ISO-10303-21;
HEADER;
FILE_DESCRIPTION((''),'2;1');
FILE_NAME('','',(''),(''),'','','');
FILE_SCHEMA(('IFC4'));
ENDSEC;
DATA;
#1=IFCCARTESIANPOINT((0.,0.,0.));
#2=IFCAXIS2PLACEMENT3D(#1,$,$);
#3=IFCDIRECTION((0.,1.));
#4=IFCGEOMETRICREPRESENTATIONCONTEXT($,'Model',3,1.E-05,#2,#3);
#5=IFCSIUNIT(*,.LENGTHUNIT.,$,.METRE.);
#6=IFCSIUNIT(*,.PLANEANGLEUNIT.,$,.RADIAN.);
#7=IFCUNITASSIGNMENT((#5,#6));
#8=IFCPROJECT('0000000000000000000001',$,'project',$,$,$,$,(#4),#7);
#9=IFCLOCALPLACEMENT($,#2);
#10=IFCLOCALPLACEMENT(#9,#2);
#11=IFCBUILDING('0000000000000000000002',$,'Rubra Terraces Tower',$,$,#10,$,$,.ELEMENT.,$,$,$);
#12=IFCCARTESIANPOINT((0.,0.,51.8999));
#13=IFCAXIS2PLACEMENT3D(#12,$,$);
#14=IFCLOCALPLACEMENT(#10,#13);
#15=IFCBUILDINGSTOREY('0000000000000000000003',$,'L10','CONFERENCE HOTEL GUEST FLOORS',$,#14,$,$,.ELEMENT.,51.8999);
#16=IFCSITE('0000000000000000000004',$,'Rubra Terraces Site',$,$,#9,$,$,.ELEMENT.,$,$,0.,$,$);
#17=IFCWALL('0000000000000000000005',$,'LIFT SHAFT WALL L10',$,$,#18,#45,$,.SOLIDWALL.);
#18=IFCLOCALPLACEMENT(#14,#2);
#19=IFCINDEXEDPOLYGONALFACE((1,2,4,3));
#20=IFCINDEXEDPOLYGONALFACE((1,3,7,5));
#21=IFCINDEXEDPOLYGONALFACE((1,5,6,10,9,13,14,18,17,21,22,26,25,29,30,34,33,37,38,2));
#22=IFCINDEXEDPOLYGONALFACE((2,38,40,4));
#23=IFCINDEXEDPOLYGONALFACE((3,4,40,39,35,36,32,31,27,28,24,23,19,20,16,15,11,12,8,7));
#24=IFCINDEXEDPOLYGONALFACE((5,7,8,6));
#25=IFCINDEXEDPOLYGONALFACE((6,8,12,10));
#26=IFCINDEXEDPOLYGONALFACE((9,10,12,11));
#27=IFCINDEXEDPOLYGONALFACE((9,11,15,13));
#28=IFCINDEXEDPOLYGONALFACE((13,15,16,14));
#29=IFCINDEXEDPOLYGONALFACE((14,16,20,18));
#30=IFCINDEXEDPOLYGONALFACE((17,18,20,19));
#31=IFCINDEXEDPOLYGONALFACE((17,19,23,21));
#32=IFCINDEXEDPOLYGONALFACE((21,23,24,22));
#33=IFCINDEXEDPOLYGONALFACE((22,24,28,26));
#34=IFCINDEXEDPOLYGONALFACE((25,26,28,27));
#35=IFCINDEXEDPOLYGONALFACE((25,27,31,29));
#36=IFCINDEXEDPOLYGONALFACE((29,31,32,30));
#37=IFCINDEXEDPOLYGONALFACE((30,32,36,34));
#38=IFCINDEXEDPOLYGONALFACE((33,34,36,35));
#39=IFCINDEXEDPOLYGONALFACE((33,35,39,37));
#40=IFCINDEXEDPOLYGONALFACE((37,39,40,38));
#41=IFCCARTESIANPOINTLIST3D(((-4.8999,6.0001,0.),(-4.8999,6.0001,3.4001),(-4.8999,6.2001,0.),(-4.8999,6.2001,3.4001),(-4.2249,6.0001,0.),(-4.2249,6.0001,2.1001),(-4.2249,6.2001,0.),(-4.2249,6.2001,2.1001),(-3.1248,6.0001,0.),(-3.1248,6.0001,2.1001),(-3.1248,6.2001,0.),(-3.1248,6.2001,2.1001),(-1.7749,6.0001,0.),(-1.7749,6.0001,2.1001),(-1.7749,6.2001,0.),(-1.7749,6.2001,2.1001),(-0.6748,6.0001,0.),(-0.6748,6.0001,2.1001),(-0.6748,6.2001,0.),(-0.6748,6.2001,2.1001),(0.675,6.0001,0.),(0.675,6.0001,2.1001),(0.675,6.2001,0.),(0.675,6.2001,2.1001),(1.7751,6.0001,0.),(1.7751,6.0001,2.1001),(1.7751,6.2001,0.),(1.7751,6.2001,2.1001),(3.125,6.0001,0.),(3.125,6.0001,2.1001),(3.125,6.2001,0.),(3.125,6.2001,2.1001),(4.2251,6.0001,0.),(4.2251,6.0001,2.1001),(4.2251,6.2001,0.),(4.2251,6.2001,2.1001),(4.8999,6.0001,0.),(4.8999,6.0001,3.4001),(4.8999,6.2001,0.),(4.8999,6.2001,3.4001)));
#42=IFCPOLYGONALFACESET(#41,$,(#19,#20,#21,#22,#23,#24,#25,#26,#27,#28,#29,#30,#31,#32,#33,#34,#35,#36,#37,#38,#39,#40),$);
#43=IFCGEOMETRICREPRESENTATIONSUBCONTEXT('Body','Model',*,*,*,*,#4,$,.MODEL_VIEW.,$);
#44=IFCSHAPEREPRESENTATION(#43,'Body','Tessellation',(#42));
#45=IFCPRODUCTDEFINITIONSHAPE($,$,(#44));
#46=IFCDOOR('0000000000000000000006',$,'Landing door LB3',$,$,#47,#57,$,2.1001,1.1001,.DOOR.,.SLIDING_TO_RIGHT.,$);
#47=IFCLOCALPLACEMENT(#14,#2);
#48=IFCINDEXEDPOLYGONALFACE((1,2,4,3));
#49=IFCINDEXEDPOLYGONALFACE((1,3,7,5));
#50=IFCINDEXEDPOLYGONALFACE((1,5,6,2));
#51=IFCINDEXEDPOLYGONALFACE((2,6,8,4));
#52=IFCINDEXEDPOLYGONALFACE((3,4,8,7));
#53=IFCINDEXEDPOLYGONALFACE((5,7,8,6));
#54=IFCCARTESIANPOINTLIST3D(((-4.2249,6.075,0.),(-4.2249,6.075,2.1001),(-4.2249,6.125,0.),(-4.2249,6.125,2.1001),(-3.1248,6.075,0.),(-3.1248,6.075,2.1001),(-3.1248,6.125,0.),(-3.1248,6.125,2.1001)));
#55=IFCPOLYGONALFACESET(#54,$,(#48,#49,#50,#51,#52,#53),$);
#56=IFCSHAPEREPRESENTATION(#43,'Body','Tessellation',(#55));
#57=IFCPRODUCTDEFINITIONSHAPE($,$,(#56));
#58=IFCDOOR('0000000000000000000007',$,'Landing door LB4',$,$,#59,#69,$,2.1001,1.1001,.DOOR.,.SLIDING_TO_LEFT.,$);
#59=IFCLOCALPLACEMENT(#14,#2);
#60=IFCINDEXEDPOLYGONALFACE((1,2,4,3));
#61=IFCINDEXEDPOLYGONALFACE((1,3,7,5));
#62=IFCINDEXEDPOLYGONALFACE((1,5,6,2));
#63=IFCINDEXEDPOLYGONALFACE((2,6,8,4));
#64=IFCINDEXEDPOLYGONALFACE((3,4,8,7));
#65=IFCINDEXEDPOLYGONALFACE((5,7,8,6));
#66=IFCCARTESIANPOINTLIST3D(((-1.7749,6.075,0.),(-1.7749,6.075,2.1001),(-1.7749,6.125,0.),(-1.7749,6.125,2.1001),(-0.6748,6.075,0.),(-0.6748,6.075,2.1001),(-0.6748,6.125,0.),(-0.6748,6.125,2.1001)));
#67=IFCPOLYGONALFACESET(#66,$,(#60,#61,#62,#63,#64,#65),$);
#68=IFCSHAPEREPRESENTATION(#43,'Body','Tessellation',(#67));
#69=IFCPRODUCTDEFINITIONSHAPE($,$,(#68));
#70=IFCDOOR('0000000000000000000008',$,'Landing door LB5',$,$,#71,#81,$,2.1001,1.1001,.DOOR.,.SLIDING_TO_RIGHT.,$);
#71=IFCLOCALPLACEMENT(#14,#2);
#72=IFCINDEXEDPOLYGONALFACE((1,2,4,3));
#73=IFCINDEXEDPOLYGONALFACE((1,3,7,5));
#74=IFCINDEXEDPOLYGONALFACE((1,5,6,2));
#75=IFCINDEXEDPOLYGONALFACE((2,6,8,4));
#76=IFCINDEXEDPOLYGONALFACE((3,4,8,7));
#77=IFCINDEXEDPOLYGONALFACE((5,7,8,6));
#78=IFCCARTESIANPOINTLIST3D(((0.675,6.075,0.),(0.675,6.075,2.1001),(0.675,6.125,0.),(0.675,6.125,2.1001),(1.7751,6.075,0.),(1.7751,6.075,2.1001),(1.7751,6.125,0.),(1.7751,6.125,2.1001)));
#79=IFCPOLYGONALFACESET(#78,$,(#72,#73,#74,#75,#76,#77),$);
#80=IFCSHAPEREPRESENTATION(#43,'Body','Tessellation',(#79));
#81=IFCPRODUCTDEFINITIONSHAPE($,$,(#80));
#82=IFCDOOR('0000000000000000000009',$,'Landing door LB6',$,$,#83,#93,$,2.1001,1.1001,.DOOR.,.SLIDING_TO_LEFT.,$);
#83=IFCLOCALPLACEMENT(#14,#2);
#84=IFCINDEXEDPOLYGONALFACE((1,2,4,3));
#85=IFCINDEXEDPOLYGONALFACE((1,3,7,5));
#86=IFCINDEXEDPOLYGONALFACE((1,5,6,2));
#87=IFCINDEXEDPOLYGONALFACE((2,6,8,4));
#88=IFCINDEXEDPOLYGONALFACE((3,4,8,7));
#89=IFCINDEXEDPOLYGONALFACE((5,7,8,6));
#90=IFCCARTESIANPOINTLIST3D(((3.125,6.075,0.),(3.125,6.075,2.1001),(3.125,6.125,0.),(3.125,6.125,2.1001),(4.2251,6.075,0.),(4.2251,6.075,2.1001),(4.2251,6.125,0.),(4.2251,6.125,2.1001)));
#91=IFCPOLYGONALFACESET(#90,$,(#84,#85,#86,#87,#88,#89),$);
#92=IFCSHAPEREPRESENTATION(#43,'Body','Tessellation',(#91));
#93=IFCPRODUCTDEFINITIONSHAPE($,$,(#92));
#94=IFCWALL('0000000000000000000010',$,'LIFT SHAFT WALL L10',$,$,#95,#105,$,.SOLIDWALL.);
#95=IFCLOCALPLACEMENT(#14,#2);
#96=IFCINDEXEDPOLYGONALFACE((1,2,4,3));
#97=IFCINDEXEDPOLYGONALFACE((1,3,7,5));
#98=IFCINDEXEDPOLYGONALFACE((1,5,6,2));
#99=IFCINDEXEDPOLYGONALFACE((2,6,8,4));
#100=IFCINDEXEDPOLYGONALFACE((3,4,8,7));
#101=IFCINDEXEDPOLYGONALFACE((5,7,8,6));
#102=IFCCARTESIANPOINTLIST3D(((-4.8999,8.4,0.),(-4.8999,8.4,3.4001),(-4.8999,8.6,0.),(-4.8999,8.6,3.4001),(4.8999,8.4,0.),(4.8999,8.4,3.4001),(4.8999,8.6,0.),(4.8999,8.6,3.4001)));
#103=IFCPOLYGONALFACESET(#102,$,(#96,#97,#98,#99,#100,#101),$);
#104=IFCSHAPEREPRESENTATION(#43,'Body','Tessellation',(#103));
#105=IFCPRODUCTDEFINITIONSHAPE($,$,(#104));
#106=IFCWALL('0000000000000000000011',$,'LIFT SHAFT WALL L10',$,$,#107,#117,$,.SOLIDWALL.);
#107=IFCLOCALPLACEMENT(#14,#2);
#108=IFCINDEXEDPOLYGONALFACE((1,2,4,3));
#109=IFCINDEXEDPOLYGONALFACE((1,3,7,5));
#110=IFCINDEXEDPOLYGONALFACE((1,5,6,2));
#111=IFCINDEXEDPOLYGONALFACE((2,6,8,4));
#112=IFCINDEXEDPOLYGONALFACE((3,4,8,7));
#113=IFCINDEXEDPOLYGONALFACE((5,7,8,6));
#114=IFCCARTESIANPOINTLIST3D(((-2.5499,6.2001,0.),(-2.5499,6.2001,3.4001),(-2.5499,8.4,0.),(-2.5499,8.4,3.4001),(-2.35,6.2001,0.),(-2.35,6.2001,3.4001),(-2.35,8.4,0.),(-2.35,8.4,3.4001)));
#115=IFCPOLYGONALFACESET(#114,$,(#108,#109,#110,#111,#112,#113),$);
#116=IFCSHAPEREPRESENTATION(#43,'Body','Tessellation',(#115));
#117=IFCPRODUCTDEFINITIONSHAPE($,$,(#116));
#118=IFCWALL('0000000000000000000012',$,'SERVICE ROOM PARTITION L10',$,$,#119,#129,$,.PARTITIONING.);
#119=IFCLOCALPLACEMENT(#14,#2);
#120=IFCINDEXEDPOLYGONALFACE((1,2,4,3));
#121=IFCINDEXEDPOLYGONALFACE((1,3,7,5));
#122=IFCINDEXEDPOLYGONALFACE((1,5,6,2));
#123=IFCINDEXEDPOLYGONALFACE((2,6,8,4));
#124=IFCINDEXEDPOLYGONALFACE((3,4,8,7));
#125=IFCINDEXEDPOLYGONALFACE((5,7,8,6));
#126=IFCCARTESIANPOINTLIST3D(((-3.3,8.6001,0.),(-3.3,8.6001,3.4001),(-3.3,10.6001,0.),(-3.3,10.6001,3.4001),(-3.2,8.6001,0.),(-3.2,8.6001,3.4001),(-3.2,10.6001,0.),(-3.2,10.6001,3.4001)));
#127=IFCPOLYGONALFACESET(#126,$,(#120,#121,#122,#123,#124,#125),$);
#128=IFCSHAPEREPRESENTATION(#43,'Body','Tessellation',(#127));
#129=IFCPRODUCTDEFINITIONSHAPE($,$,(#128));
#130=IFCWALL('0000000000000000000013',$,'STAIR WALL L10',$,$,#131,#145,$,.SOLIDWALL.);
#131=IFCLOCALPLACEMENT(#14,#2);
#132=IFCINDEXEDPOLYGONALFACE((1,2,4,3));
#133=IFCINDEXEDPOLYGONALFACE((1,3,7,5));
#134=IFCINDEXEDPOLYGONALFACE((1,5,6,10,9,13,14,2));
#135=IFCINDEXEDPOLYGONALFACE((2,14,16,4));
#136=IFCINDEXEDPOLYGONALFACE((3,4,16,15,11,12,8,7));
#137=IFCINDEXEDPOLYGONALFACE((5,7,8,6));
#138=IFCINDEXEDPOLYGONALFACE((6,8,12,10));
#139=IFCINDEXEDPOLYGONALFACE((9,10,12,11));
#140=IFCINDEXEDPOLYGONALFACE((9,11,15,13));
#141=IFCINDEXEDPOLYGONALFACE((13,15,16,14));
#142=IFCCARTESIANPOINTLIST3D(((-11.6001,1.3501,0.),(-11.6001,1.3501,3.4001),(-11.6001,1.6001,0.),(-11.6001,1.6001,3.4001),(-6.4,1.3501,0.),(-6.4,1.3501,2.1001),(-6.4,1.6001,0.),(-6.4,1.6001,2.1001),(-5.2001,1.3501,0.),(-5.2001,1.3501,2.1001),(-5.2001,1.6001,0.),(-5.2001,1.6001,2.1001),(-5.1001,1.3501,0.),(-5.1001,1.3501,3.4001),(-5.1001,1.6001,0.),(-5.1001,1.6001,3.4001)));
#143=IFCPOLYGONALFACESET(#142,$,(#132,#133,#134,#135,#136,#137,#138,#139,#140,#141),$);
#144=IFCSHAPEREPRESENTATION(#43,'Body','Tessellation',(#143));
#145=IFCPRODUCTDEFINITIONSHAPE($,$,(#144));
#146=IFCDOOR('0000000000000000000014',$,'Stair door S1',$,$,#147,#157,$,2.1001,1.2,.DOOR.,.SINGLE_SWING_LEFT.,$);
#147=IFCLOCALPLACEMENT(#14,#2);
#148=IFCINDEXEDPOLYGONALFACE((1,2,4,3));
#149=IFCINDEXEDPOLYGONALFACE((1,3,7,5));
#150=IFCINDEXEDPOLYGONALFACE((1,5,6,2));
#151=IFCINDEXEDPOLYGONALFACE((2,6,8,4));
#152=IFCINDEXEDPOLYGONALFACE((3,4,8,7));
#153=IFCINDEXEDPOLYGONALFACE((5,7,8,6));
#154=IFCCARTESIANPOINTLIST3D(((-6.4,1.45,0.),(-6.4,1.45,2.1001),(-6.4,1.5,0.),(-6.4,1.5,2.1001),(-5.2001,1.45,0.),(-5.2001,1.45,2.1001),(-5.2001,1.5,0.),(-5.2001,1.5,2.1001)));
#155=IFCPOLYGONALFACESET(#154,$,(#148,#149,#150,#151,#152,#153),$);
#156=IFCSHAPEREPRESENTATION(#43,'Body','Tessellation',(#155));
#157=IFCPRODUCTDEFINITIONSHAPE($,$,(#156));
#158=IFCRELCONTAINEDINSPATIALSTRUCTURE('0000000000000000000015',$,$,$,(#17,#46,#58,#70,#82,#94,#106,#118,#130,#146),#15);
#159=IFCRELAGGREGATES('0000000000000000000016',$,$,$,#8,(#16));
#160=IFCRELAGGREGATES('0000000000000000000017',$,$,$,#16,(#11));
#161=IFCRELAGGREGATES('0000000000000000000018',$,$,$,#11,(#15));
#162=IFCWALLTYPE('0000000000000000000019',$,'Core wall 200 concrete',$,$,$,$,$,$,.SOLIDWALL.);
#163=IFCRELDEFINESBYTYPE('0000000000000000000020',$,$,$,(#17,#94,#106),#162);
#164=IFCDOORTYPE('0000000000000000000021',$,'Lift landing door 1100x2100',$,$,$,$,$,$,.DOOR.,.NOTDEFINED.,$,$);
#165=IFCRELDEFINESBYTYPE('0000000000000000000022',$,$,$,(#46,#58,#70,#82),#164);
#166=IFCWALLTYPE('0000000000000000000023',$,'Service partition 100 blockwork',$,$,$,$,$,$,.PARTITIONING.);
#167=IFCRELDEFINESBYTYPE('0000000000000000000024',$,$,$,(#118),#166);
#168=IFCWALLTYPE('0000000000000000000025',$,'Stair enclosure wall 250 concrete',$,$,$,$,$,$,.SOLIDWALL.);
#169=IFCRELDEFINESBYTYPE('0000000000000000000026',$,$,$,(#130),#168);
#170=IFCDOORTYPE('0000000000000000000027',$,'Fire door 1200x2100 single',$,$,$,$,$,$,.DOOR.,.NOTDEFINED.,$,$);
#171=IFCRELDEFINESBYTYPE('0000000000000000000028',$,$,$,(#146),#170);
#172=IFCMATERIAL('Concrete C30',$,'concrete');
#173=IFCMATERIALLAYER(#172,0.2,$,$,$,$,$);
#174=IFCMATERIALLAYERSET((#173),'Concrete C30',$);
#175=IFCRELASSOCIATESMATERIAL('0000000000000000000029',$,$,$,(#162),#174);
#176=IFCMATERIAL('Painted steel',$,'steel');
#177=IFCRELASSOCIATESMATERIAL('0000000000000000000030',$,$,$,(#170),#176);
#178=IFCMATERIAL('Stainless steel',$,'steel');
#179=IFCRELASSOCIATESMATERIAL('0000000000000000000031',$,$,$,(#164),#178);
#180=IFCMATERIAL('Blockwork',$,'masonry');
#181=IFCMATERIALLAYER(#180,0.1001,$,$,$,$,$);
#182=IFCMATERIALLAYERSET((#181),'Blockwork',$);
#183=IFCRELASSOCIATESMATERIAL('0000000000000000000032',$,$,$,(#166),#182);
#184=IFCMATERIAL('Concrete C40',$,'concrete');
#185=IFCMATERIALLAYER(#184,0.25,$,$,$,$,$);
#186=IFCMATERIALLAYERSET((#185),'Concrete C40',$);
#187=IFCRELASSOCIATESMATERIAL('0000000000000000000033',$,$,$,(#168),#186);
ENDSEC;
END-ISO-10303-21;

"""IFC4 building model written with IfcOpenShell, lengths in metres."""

from ifc_helpers import new_model, si_unit, direction, frame, frame_2d, origin, place, context, subcontext, project, spatial, rectangle, extrude, material, layer, layer_set, type_object, element, fill, save


model = new_model("IFC4")

# Units and contexts
model_context = context("Model", 3, precision=1e-05, world=origin(), true_north=direction((0.0, 1.0)))
body_context = subcontext(model_context, "Body", "Model", "MODEL_VIEW")
ifc_project = project(units=[si_unit("LENGTHUNIT", "METRE"), si_unit("PLANEANGLEUNIT", "RADIAN")], contexts=[model_context])

# Site, building, storey
site_placement = place(None, origin())
site = spatial("IfcSite", under=ifc_project, at=site_placement, Name="Rubra Terraces Site", CompositionType="ELEMENT", RefElevation=0.0)
building_placement = place(site_placement, origin())
building = spatial("IfcBuilding", under=site, at=building_placement, Name="Rubra Terraces Tower", CompositionType="ELEMENT")
storey_placement = place(building_placement, frame((0.0, 0.0, 51.8999)))
storey = spatial("IfcBuildingStorey", under=building, at=storey_placement, Name="L10", Description="CONFERENCE HOTEL GUEST FLOORS", CompositionType="ELEMENT", Elevation=51.8999)

# Shared definitions
ifc_material_1 = material(Name="Concrete C30", Category="concrete")
ifc_layer_1 = layer(ifc_material_1, 0.2)
ifc_layer_set_1 = layer_set([ifc_layer_1], Name="Concrete C30")
wall_type_1 = type_object("IfcWallType", Name="Core wall 200 concrete", PredefinedType="SOLIDWALL", material=ifc_layer_set_1)
ifc_material_2 = material(Name="Painted steel", Category="steel")
door_type_1 = type_object("IfcDoorType", Name="Fire door 1200x2100 single", OperationType="NOTDEFINED", PredefinedType="DOOR", material=ifc_material_2)
ifc_material_3 = material(Name="Stainless steel", Category="steel")

# Wall, openings, doors
door_type_2 = type_object("IfcDoorType", Name="Lift landing door 1100x2100", OperationType="NOTDEFINED", PredefinedType="DOOR", material=ifc_material_3)
wall_1_placement = place(storey_placement, frame((-4.8999, 6.1001, 0.0), z_axis=(0.0, 0.0, 1.0), x_axis=(1.0, 0.0, 0.0)))
wall_1 = element("IfcWall", 1, at=wall_1_placement, inside=storey, type_object=wall_type_1, Name="LIFT SHAFT WALL L10", PredefinedType="SOLIDWALL", context=body_context, shape_type="SweptSolid", body=[
    extrude(rectangle(XDim=9.7998, YDim=0.2, at=frame_2d((4.8999, 0.0))), origin(), (0.0, 0.0, 1.0), 3.4001),
])
opening_1_placement = place(wall_1_placement, frame((0.675, 0.0, 0.0)))
opening_1 = element("IfcOpeningElement", 2, at=opening_1_placement, cuts=wall_1, PredefinedType="OPENING", context=body_context, shape_type="SweptSolid", body=[
    extrude(rectangle(XDim=1.1001, YDim=2.1001, at=frame_2d((0.55, 1.05))), frame((0.0, 0.1099, 0.0), z_axis=(0.0, -1.0, 0.0), x_axis=(1.0, 0.0, 0.0)), (0.0, 0.0, 1.0), 0.22),
])
opening_2_placement = place(wall_1_placement, frame((3.125, 0.0, 0.0)))
opening_2 = element("IfcOpeningElement", 3, at=opening_2_placement, cuts=wall_1, PredefinedType="OPENING", context=body_context, shape_type="SweptSolid", body=[
    extrude(rectangle(XDim=1.1001, YDim=2.1001, at=frame_2d((0.55, 1.05))), frame((0.0, 0.1099, 0.0), z_axis=(0.0, -1.0, 0.0), x_axis=(1.0, 0.0, 0.0)), (0.0, 0.0, 1.0), 0.22),
])
opening_3_placement = place(wall_1_placement, frame((5.575, 0.0, 0.0)))
opening_3 = element("IfcOpeningElement", 4, at=opening_3_placement, cuts=wall_1, PredefinedType="OPENING", context=body_context, shape_type="SweptSolid", body=[
    extrude(rectangle(XDim=1.1001, YDim=2.1001, at=frame_2d((0.55, 1.05))), frame((0.0, 0.1099, 0.0), z_axis=(0.0, -1.0, 0.0), x_axis=(1.0, 0.0, 0.0)), (0.0, 0.0, 1.0), 0.22),
])
opening_4_placement = place(wall_1_placement, frame((8.0249, 0.0, 0.0)))
opening_4 = element("IfcOpeningElement", 5, at=opening_4_placement, cuts=wall_1, PredefinedType="OPENING", context=body_context, shape_type="SweptSolid", body=[
    extrude(rectangle(XDim=1.1001, YDim=2.1001, at=frame_2d((0.55, 1.05))), frame((0.0, 0.1099, 0.0), z_axis=(0.0, -1.0, 0.0), x_axis=(1.0, 0.0, 0.0)), (0.0, 0.0, 1.0), 0.22),
])
door_1_placement = place(opening_1_placement, origin())
door_1 = element("IfcDoor", 6, at=door_1_placement, inside=storey, type_object=door_type_2, Name="Landing door LB3", OperationType="SLIDING_TO_RIGHT", OverallHeight=2.1001, OverallWidth=1.1001, PredefinedType="DOOR", context=body_context, shape_type="SweptSolid", body=[
    extrude(rectangle(XDim=1.1001, YDim=2.1001, at=frame_2d((0.55, 1.05))), frame((0.0, 0.0249, 0.0), z_axis=(0.0, -1.0, 0.0), x_axis=(1.0, 0.0, 0.0)), (0.0, 0.0, 1.0), 0.05),
])
fill(opening_1, door_1)
door_2_placement = place(opening_2_placement, origin())
door_2 = element("IfcDoor", 7, at=door_2_placement, inside=storey, type_object=door_type_2, Name="Landing door LB4", OperationType="SLIDING_TO_LEFT", OverallHeight=2.1001, OverallWidth=1.1001, PredefinedType="DOOR", context=body_context, shape_type="SweptSolid", body=[
    extrude(rectangle(XDim=1.1001, YDim=2.1001, at=frame_2d((0.55, 1.05))), frame((0.0, 0.0249, 0.0), z_axis=(0.0, -1.0, 0.0), x_axis=(1.0, 0.0, 0.0)), (0.0, 0.0, 1.0), 0.05),
])
fill(opening_2, door_2)
door_3_placement = place(opening_3_placement, origin())
door_3 = element("IfcDoor", 8, at=door_3_placement, inside=storey, type_object=door_type_2, Name="Landing door LB5", OperationType="SLIDING_TO_RIGHT", OverallHeight=2.1001, OverallWidth=1.1001, PredefinedType="DOOR", context=body_context, shape_type="SweptSolid", body=[
    extrude(rectangle(XDim=1.1001, YDim=2.1001, at=frame_2d((0.55, 1.05))), frame((0.0, 0.0249, 0.0), z_axis=(0.0, -1.0, 0.0), x_axis=(1.0, 0.0, 0.0)), (0.0, 0.0, 1.0), 0.05),
])
fill(opening_3, door_3)
door_4_placement = place(opening_4_placement, origin())
door_4 = element("IfcDoor", 9, at=door_4_placement, inside=storey, type_object=door_type_2, Name="Landing door LB6", OperationType="SLIDING_TO_LEFT", OverallHeight=2.1001, OverallWidth=1.1001, PredefinedType="DOOR", context=body_context, shape_type="SweptSolid", body=[
    extrude(rectangle(XDim=1.1001, YDim=2.1001, at=frame_2d((0.55, 1.05))), frame((0.0, 0.0249, 0.0), z_axis=(0.0, -1.0, 0.0), x_axis=(1.0, 0.0, 0.0)), (0.0, 0.0, 1.0), 0.05),
])
fill(opening_4, door_4)

# Walls
wall_2_placement = place(storey_placement, frame((-4.8999, 8.5, 0.0), z_axis=(0.0, 0.0, 1.0), x_axis=(1.0, 0.0, 0.0)))
element("IfcWall", 10, at=wall_2_placement, inside=storey, type_object=wall_type_1, Name="LIFT SHAFT WALL L10", PredefinedType="SOLIDWALL", context=body_context, shape_type="SweptSolid", body=[
    extrude(rectangle(XDim=9.7998, YDim=0.2, at=frame_2d((4.8999, 0.0))), origin(), (0.0, 0.0, 1.0), 3.4001),
])
wall_3_placement = place(storey_placement, frame((-2.45, 6.2, 0.0), z_axis=(0.0, 0.0, 1.0), x_axis=(0.0, 1.0, 0.0)))
element("IfcWall", 11, at=wall_3_placement, inside=storey, type_object=wall_type_1, Name="LIFT SHAFT WALL L10", PredefinedType="SOLIDWALL", context=body_context, shape_type="SweptSolid", body=[
    extrude(rectangle(XDim=2.2, YDim=0.2, at=frame_2d((1.1001, 0.0))), origin(), (0.0, 0.0, 1.0), 3.4001),
])
ifc_material_4 = material(Name="Blockwork", Category="masonry")
ifc_layer_2 = layer(ifc_material_4, 0.1001)
ifc_layer_set_2 = layer_set([ifc_layer_2], Name="Blockwork")
wall_type_2 = type_object("IfcWallType", Name="Service partition 100 blockwork", PredefinedType="PARTITIONING", material=ifc_layer_set_2)
wall_4_placement = place(storey_placement, frame((-3.25, 8.6001, 0.0), z_axis=(0.0, 0.0, 1.0), x_axis=(0.0, 1.0, 0.0)))
element("IfcWall", 12, at=wall_4_placement, inside=storey, type_object=wall_type_2, Name="SERVICE ROOM PARTITION L10", PredefinedType="PARTITIONING", context=body_context, shape_type="SweptSolid", body=[
    extrude(rectangle(XDim=2.0, YDim=0.1001, at=frame_2d((1.0, 0.0))), origin(), (0.0, 0.0, 1.0), 3.4001),
])

# Wall, opening, door
ifc_material_5 = material(Name="Concrete C40", Category="concrete")
ifc_layer_3 = layer(ifc_material_5, 0.25)
ifc_layer_set_3 = layer_set([ifc_layer_3], Name="Concrete C40")
wall_type_3 = type_object("IfcWallType", Name="Stair enclosure wall 250 concrete", PredefinedType="SOLIDWALL", material=ifc_layer_set_3)
wall_5_placement = place(storey_placement, frame((-11.6001, 1.4751, 0.0), z_axis=(0.0, 0.0, 1.0), x_axis=(1.0, 0.0, 0.0)))
wall_5 = element("IfcWall", 13, at=wall_5_placement, inside=storey, type_object=wall_type_3, Name="STAIR WALL L10", PredefinedType="SOLIDWALL", context=body_context, shape_type="SweptSolid", body=[
    extrude(rectangle(XDim=6.5, YDim=0.25, at=frame_2d((3.25, 0.0))), origin(), (0.0, 0.0, 1.0), 3.4001),
])
opening_5_placement = place(wall_5_placement, frame((5.2, 0.0, 0.0)))
opening_5 = element("IfcOpeningElement", 14, at=opening_5_placement, cuts=wall_5, PredefinedType="OPENING", context=body_context, shape_type="SweptSolid", body=[
    extrude(rectangle(XDim=1.2, YDim=2.1001, at=frame_2d((0.6001, 1.05))), frame((0.0, 0.135, 0.0), z_axis=(0.0, -1.0, 0.0), x_axis=(1.0, 0.0, 0.0)), (0.0, 0.0, 1.0), 0.27),
])
door_5_placement = place(opening_5_placement, origin())
door_5 = element("IfcDoor", 15, at=door_5_placement, inside=storey, type_object=door_type_1, Name="Stair door S1", OperationType="SINGLE_SWING_LEFT", OverallHeight=2.1001, OverallWidth=1.2, PredefinedType="DOOR", context=body_context, shape_type="SweptSolid", body=[
    extrude(rectangle(XDim=1.2, YDim=2.1001, at=frame_2d((0.6001, 1.05))), frame((0.0, 0.0249, 0.0), z_axis=(0.0, -1.0, 0.0), x_axis=(1.0, 0.0, 0.0)), (0.0, 0.0, 1.0), 0.05),
])
fill(opening_5, door_5)

save(model, "model.ifc")
